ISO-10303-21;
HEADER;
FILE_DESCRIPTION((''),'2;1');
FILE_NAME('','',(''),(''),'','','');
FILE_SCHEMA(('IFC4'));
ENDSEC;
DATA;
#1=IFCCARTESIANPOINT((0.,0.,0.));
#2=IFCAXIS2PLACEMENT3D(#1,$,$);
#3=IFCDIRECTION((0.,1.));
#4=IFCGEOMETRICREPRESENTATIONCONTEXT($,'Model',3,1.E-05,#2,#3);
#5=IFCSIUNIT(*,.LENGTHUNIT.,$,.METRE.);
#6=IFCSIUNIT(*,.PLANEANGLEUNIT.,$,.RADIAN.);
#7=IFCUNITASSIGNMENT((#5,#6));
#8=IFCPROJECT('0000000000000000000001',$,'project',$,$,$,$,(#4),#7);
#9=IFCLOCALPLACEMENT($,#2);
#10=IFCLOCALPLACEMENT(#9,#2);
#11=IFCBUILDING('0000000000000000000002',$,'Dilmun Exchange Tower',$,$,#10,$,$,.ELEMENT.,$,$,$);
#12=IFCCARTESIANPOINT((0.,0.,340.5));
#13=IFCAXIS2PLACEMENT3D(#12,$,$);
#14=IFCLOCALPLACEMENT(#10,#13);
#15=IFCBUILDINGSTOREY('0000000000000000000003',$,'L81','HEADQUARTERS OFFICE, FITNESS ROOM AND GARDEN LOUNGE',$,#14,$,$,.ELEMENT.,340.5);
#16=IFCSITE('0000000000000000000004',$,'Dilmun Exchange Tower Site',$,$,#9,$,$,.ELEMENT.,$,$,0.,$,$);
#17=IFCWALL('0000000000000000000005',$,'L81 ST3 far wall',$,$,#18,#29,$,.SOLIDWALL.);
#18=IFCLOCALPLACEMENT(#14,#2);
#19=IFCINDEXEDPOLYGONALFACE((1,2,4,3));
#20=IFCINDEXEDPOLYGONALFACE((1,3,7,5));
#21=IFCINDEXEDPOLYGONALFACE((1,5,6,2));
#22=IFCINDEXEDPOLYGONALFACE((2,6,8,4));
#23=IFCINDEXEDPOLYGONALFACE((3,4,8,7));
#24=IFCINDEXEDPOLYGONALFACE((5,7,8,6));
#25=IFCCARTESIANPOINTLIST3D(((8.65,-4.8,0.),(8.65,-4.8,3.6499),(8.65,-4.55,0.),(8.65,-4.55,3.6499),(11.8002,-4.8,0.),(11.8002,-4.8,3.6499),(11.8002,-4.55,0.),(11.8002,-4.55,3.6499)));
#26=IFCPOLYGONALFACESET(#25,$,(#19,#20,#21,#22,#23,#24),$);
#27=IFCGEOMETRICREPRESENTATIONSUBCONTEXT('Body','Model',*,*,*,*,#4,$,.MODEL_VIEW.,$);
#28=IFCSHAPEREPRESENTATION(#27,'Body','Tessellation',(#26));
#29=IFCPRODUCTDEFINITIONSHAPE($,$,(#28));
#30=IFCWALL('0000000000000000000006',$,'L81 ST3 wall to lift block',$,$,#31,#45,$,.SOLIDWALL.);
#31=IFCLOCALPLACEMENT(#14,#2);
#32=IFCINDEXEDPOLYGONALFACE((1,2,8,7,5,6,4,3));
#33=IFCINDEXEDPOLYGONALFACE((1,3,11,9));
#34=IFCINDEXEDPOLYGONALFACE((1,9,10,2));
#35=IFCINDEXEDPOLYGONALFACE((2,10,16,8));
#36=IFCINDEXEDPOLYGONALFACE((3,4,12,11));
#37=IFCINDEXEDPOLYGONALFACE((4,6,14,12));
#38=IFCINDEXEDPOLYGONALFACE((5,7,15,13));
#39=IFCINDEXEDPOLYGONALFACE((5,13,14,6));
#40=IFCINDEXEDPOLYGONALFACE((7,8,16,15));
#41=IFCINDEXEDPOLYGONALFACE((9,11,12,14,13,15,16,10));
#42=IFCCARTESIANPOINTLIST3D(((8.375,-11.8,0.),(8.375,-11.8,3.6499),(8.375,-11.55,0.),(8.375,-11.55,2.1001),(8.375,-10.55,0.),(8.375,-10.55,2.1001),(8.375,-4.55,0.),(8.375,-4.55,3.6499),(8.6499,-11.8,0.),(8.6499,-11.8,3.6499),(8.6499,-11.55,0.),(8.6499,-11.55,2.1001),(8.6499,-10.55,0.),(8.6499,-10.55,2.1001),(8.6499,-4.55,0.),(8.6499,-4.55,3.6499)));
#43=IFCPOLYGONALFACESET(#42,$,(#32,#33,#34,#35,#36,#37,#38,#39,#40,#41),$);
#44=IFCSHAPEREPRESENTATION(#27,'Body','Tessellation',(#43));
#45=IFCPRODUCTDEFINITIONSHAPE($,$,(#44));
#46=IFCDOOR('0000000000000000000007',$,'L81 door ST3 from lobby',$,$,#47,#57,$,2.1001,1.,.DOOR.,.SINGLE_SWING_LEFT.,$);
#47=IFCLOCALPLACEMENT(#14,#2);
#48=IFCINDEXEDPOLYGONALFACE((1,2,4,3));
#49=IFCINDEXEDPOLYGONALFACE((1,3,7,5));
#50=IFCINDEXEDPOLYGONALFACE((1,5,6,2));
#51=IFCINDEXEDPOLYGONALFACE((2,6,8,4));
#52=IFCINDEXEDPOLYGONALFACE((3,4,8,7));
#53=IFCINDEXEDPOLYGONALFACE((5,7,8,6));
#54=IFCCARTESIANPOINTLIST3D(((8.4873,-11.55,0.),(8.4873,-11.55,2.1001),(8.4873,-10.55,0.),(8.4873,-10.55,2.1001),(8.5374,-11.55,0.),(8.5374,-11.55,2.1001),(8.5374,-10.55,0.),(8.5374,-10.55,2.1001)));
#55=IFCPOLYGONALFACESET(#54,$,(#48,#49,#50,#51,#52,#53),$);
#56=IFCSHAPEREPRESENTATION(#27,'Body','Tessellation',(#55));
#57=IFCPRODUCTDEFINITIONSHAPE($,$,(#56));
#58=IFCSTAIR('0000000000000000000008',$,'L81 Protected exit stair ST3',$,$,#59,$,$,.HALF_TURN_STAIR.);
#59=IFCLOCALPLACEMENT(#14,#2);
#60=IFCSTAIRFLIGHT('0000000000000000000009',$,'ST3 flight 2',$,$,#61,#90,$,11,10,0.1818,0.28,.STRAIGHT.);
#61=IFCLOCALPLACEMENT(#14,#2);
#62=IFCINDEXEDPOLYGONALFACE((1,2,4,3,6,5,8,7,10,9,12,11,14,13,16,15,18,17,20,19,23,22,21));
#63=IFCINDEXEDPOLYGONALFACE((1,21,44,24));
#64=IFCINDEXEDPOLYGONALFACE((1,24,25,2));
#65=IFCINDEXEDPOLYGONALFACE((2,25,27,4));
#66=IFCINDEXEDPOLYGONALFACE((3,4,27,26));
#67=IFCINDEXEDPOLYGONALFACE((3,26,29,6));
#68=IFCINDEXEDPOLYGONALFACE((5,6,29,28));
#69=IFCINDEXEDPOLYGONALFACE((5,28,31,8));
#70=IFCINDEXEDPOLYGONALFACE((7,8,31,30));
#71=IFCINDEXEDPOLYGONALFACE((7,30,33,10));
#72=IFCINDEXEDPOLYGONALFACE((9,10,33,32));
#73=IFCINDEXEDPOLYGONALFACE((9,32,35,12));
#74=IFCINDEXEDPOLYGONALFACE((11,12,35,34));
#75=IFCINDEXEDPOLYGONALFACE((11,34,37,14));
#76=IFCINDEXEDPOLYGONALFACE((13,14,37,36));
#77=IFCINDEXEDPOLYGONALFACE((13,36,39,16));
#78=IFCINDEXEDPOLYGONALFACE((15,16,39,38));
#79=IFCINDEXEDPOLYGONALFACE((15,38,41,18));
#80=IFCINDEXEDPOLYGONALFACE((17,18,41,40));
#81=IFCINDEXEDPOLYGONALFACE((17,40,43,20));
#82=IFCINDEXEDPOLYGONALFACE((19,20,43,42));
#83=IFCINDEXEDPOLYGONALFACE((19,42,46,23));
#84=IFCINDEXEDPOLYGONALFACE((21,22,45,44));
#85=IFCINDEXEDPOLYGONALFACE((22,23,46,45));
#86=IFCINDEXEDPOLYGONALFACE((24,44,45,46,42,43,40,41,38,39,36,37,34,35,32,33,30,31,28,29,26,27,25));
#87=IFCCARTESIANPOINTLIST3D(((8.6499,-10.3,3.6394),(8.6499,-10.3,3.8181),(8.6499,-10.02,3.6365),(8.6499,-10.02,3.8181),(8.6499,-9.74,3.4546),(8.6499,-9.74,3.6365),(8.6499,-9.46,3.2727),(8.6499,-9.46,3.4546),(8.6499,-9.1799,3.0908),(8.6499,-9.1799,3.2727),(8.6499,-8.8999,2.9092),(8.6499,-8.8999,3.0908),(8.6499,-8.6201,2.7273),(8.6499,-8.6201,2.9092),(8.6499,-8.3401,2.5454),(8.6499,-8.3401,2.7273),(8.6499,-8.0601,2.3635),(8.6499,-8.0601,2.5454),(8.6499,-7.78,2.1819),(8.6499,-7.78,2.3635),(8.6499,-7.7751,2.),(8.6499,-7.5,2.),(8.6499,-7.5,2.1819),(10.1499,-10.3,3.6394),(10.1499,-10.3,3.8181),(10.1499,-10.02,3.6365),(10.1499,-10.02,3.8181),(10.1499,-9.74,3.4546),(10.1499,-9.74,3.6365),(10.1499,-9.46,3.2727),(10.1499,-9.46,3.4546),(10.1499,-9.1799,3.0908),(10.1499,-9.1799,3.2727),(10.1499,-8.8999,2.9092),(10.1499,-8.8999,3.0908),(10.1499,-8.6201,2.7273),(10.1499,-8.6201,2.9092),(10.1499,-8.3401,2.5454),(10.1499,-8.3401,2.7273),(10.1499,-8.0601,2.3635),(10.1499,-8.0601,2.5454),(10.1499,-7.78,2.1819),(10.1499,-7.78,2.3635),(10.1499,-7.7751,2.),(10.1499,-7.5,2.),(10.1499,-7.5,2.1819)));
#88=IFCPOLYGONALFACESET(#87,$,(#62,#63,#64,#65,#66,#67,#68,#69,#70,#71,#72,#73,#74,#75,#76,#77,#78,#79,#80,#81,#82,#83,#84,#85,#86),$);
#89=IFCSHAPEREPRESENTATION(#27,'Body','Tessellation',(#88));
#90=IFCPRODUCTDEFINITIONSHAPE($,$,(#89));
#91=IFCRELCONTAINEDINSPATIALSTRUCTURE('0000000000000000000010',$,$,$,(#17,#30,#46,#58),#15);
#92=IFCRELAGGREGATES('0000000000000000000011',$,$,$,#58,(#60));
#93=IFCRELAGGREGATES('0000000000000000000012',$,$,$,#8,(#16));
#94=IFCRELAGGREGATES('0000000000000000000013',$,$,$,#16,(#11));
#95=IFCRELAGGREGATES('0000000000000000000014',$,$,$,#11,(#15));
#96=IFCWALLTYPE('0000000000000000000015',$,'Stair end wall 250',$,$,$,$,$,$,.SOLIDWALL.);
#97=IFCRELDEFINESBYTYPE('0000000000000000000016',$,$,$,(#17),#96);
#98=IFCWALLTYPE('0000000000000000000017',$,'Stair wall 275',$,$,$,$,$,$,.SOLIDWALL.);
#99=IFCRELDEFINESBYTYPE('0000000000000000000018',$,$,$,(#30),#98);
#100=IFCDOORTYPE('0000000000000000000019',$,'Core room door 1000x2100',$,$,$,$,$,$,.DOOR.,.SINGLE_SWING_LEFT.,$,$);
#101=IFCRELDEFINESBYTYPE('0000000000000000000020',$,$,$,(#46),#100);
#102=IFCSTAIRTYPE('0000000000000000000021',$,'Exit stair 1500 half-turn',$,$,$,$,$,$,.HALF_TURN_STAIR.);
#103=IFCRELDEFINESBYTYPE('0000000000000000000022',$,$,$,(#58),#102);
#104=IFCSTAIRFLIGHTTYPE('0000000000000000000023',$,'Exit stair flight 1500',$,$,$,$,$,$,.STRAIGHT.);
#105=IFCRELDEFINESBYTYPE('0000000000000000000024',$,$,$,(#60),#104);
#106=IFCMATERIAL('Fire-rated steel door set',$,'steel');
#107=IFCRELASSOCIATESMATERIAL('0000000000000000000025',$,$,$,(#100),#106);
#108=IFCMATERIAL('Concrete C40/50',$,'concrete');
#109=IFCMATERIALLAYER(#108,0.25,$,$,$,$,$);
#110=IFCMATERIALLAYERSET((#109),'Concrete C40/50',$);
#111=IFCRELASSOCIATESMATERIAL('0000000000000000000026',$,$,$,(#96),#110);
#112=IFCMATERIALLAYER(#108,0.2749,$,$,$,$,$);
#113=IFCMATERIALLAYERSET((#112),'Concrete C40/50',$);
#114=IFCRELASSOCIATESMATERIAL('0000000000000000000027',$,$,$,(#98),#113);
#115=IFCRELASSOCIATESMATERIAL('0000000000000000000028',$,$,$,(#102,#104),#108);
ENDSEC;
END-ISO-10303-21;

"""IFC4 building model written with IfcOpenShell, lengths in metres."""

from ifc_helpers import new_model, si_unit, direction, frame, frame_2d, origin, place, context, subcontext, project, spatial, polyline, rectangle, outline, extrude, material, layer, layer_set, type_object, element, fill, aggregate, save


model = new_model("IFC4")

# Units and contexts
model_context = context("Model", 3, precision=1e-05, world=origin(), true_north=direction((0.0, 1.0)))
body_context = subcontext(model_context, "Body", "Model", "MODEL_VIEW")
ifc_project = project(units=[si_unit("LENGTHUNIT", "METRE"), si_unit("PLANEANGLEUNIT", "RADIAN")], contexts=[model_context])

# Site, building, storey
site_placement = place(None, origin())
site = spatial("IfcSite", under=ifc_project, at=site_placement, Name="Dilmun Exchange Tower Site", CompositionType="ELEMENT", RefElevation=0.0)
building_placement = place(site_placement, origin())
building = spatial("IfcBuilding", under=site, at=building_placement, Name="Dilmun Exchange Tower", CompositionType="ELEMENT")
storey_placement = place(building_placement, frame((0.0, 0.0, 340.5)))
storey = spatial("IfcBuildingStorey", under=building, at=storey_placement, Name="L81", Description="HEADQUARTERS OFFICE, FITNESS ROOM AND GARDEN LOUNGE", CompositionType="ELEMENT", Elevation=340.5)

# Shared definitions
ifc_material_1 = material(Name="Concrete C40/50", Category="concrete")

# Shared definitions
ifc_material_2 = material(Name="Fire-rated steel door set", Category="steel")
door_type_1 = type_object("IfcDoorType", Name="Core room door 1000x2100", OperationType="SINGLE_SWING_LEFT", PredefinedType="DOOR", material=ifc_material_2)

# Wall
ifc_layer_1 = layer(ifc_material_1, 0.25)
ifc_layer_set_1 = layer_set([ifc_layer_1], Name="Concrete C40/50")
wall_type_1 = type_object("IfcWallType", Name="Stair end wall 250", PredefinedType="SOLIDWALL", material=ifc_layer_set_1)
wall_1_placement = place(storey_placement, frame((8.6499, -4.675, 0.0), z_axis=(0.0, 0.0, 1.0), x_axis=(1.0, 0.0, 0.0)))
element("IfcWall", 1, at=wall_1_placement, inside=storey, type_object=wall_type_1, Name="L81 ST3 far wall", PredefinedType="SOLIDWALL", context=body_context, shape_type="SweptSolid", body=[
    extrude(rectangle(XDim=3.1501, YDim=0.25, at=frame_2d((1.5752, 0.0))), origin(), (0.0, 0.0, 1.0), 3.6499),
])

# Wall, opening, door
ifc_layer_2 = layer(ifc_material_1, 0.2749)
ifc_layer_set_2 = layer_set([ifc_layer_2], Name="Concrete C40/50")
wall_type_2 = type_object("IfcWallType", Name="Stair wall 275", PredefinedType="SOLIDWALL", material=ifc_layer_set_2)
wall_2_placement = place(storey_placement, frame((8.5125, -4.55, 0.0), z_axis=(0.0, 0.0, 1.0), x_axis=(0.0, -1.0, 0.0)))
wall_2 = element("IfcWall", 2, at=wall_2_placement, inside=storey, type_object=wall_type_2, Name="L81 ST3 wall to lift block", PredefinedType="SOLIDWALL", context=body_context, shape_type="SweptSolid", body=[
    extrude(rectangle(XDim=7.25, YDim=0.2749, at=frame_2d((3.625, 0.0))), origin(), (0.0, 0.0, 1.0), 3.6499),
])
opening_1_placement = place(wall_2_placement, frame((6.0, 0.0, 0.0)))
opening_1 = element("IfcOpeningElement", 3, at=opening_1_placement, cuts=wall_2, PredefinedType="OPENING", context=body_context, shape_type="SweptSolid", body=[
    extrude(rectangle(XDim=1.0, YDim=2.1001, at=frame_2d((0.5, 1.05))), frame((0.0, 0.1475, 0.0), z_axis=(0.0, -1.0, 0.0), x_axis=(1.0, 0.0, 0.0)), (0.0, 0.0, 1.0), 0.2949),
])
door_1_placement = place(opening_1_placement, origin())
door_1 = element("IfcDoor", 4, at=door_1_placement, inside=storey, type_object=door_type_1, Name="L81 door ST3 from lobby", OperationType="SINGLE_SWING_LEFT", OverallHeight=2.1001, OverallWidth=1.0, PredefinedType="DOOR", context=body_context, shape_type="SweptSolid", body=[
    extrude(rectangle(XDim=1.0, YDim=2.1001, at=frame_2d((0.5, 1.05))), frame((0.0, 0.0249, 0.0), z_axis=(0.0, -1.0, 0.0), x_axis=(1.0, 0.0, 0.0)), (0.0, 0.0, 1.0), 0.05),
])
fill(opening_1, door_1)

# Stair, stair flight
stair_type = type_object("IfcStairType", Name="Exit stair 1500 half-turn", PredefinedType="HALF_TURN_STAIR", material=ifc_material_1)
stair_placement = place(storey_placement, origin())
stair = element("IfcStair", 5, at=stair_placement, inside=storey, type_object=stair_type, Name="L81 Protected exit stair ST3", PredefinedType="HALF_TURN_STAIR")
stair_flight_type = type_object("IfcStairFlightType", Name="Exit stair flight 1500", PredefinedType="STRAIGHT", material=ifc_material_1)
stair_flight_placement = place(storey_placement, frame((9.3999, -7.5, 2.0), z_axis=(0.0, 0.0, 1.0), x_axis=(0.0, -1.0, 0.0)))
stair_flight = element("IfcStairFlight", 6, at=stair_flight_placement, type_object=stair_flight_type, Name="ST3 flight 2", NumberOfRisers=11, NumberOfTreads=10, PredefinedType="STRAIGHT", RiserHeight=0.1818, TreadLength=0.28, context=body_context, shape_type="SweptSolid", body=[
    extrude(outline(polyline([(0.0, 0.0), (0.0, 0.1819), (0.28, 0.1819), (0.28, 0.3635), (0.5601, 0.3635), (0.5601, 0.5454), (0.8401, 0.5454), (0.8401, 0.7273), (1.1201, 0.7273), (1.1201, 0.9092), (1.3999, 0.9092), (1.3999, 1.0908), (1.6799, 1.0908), (1.6799, 1.2727), (1.96, 1.2727), (1.96, 1.4546), (2.24, 1.4546), (2.24, 1.6365), (2.52, 1.6365), (2.52, 1.8181), (2.8, 1.8181), (2.8, 2.0), (2.8, 1.6394), (0.2751, 0.0), (0.0, 0.0)])), frame((0.0, 0.75, 0.0), z_axis=(0.0, -1.0, 0.0), x_axis=(1.0, 0.0, 0.0)), (0.0, 0.0, 1.0), 1.5),
])
aggregate(stair, [stair_flight])

save(model, "model.ifc")
